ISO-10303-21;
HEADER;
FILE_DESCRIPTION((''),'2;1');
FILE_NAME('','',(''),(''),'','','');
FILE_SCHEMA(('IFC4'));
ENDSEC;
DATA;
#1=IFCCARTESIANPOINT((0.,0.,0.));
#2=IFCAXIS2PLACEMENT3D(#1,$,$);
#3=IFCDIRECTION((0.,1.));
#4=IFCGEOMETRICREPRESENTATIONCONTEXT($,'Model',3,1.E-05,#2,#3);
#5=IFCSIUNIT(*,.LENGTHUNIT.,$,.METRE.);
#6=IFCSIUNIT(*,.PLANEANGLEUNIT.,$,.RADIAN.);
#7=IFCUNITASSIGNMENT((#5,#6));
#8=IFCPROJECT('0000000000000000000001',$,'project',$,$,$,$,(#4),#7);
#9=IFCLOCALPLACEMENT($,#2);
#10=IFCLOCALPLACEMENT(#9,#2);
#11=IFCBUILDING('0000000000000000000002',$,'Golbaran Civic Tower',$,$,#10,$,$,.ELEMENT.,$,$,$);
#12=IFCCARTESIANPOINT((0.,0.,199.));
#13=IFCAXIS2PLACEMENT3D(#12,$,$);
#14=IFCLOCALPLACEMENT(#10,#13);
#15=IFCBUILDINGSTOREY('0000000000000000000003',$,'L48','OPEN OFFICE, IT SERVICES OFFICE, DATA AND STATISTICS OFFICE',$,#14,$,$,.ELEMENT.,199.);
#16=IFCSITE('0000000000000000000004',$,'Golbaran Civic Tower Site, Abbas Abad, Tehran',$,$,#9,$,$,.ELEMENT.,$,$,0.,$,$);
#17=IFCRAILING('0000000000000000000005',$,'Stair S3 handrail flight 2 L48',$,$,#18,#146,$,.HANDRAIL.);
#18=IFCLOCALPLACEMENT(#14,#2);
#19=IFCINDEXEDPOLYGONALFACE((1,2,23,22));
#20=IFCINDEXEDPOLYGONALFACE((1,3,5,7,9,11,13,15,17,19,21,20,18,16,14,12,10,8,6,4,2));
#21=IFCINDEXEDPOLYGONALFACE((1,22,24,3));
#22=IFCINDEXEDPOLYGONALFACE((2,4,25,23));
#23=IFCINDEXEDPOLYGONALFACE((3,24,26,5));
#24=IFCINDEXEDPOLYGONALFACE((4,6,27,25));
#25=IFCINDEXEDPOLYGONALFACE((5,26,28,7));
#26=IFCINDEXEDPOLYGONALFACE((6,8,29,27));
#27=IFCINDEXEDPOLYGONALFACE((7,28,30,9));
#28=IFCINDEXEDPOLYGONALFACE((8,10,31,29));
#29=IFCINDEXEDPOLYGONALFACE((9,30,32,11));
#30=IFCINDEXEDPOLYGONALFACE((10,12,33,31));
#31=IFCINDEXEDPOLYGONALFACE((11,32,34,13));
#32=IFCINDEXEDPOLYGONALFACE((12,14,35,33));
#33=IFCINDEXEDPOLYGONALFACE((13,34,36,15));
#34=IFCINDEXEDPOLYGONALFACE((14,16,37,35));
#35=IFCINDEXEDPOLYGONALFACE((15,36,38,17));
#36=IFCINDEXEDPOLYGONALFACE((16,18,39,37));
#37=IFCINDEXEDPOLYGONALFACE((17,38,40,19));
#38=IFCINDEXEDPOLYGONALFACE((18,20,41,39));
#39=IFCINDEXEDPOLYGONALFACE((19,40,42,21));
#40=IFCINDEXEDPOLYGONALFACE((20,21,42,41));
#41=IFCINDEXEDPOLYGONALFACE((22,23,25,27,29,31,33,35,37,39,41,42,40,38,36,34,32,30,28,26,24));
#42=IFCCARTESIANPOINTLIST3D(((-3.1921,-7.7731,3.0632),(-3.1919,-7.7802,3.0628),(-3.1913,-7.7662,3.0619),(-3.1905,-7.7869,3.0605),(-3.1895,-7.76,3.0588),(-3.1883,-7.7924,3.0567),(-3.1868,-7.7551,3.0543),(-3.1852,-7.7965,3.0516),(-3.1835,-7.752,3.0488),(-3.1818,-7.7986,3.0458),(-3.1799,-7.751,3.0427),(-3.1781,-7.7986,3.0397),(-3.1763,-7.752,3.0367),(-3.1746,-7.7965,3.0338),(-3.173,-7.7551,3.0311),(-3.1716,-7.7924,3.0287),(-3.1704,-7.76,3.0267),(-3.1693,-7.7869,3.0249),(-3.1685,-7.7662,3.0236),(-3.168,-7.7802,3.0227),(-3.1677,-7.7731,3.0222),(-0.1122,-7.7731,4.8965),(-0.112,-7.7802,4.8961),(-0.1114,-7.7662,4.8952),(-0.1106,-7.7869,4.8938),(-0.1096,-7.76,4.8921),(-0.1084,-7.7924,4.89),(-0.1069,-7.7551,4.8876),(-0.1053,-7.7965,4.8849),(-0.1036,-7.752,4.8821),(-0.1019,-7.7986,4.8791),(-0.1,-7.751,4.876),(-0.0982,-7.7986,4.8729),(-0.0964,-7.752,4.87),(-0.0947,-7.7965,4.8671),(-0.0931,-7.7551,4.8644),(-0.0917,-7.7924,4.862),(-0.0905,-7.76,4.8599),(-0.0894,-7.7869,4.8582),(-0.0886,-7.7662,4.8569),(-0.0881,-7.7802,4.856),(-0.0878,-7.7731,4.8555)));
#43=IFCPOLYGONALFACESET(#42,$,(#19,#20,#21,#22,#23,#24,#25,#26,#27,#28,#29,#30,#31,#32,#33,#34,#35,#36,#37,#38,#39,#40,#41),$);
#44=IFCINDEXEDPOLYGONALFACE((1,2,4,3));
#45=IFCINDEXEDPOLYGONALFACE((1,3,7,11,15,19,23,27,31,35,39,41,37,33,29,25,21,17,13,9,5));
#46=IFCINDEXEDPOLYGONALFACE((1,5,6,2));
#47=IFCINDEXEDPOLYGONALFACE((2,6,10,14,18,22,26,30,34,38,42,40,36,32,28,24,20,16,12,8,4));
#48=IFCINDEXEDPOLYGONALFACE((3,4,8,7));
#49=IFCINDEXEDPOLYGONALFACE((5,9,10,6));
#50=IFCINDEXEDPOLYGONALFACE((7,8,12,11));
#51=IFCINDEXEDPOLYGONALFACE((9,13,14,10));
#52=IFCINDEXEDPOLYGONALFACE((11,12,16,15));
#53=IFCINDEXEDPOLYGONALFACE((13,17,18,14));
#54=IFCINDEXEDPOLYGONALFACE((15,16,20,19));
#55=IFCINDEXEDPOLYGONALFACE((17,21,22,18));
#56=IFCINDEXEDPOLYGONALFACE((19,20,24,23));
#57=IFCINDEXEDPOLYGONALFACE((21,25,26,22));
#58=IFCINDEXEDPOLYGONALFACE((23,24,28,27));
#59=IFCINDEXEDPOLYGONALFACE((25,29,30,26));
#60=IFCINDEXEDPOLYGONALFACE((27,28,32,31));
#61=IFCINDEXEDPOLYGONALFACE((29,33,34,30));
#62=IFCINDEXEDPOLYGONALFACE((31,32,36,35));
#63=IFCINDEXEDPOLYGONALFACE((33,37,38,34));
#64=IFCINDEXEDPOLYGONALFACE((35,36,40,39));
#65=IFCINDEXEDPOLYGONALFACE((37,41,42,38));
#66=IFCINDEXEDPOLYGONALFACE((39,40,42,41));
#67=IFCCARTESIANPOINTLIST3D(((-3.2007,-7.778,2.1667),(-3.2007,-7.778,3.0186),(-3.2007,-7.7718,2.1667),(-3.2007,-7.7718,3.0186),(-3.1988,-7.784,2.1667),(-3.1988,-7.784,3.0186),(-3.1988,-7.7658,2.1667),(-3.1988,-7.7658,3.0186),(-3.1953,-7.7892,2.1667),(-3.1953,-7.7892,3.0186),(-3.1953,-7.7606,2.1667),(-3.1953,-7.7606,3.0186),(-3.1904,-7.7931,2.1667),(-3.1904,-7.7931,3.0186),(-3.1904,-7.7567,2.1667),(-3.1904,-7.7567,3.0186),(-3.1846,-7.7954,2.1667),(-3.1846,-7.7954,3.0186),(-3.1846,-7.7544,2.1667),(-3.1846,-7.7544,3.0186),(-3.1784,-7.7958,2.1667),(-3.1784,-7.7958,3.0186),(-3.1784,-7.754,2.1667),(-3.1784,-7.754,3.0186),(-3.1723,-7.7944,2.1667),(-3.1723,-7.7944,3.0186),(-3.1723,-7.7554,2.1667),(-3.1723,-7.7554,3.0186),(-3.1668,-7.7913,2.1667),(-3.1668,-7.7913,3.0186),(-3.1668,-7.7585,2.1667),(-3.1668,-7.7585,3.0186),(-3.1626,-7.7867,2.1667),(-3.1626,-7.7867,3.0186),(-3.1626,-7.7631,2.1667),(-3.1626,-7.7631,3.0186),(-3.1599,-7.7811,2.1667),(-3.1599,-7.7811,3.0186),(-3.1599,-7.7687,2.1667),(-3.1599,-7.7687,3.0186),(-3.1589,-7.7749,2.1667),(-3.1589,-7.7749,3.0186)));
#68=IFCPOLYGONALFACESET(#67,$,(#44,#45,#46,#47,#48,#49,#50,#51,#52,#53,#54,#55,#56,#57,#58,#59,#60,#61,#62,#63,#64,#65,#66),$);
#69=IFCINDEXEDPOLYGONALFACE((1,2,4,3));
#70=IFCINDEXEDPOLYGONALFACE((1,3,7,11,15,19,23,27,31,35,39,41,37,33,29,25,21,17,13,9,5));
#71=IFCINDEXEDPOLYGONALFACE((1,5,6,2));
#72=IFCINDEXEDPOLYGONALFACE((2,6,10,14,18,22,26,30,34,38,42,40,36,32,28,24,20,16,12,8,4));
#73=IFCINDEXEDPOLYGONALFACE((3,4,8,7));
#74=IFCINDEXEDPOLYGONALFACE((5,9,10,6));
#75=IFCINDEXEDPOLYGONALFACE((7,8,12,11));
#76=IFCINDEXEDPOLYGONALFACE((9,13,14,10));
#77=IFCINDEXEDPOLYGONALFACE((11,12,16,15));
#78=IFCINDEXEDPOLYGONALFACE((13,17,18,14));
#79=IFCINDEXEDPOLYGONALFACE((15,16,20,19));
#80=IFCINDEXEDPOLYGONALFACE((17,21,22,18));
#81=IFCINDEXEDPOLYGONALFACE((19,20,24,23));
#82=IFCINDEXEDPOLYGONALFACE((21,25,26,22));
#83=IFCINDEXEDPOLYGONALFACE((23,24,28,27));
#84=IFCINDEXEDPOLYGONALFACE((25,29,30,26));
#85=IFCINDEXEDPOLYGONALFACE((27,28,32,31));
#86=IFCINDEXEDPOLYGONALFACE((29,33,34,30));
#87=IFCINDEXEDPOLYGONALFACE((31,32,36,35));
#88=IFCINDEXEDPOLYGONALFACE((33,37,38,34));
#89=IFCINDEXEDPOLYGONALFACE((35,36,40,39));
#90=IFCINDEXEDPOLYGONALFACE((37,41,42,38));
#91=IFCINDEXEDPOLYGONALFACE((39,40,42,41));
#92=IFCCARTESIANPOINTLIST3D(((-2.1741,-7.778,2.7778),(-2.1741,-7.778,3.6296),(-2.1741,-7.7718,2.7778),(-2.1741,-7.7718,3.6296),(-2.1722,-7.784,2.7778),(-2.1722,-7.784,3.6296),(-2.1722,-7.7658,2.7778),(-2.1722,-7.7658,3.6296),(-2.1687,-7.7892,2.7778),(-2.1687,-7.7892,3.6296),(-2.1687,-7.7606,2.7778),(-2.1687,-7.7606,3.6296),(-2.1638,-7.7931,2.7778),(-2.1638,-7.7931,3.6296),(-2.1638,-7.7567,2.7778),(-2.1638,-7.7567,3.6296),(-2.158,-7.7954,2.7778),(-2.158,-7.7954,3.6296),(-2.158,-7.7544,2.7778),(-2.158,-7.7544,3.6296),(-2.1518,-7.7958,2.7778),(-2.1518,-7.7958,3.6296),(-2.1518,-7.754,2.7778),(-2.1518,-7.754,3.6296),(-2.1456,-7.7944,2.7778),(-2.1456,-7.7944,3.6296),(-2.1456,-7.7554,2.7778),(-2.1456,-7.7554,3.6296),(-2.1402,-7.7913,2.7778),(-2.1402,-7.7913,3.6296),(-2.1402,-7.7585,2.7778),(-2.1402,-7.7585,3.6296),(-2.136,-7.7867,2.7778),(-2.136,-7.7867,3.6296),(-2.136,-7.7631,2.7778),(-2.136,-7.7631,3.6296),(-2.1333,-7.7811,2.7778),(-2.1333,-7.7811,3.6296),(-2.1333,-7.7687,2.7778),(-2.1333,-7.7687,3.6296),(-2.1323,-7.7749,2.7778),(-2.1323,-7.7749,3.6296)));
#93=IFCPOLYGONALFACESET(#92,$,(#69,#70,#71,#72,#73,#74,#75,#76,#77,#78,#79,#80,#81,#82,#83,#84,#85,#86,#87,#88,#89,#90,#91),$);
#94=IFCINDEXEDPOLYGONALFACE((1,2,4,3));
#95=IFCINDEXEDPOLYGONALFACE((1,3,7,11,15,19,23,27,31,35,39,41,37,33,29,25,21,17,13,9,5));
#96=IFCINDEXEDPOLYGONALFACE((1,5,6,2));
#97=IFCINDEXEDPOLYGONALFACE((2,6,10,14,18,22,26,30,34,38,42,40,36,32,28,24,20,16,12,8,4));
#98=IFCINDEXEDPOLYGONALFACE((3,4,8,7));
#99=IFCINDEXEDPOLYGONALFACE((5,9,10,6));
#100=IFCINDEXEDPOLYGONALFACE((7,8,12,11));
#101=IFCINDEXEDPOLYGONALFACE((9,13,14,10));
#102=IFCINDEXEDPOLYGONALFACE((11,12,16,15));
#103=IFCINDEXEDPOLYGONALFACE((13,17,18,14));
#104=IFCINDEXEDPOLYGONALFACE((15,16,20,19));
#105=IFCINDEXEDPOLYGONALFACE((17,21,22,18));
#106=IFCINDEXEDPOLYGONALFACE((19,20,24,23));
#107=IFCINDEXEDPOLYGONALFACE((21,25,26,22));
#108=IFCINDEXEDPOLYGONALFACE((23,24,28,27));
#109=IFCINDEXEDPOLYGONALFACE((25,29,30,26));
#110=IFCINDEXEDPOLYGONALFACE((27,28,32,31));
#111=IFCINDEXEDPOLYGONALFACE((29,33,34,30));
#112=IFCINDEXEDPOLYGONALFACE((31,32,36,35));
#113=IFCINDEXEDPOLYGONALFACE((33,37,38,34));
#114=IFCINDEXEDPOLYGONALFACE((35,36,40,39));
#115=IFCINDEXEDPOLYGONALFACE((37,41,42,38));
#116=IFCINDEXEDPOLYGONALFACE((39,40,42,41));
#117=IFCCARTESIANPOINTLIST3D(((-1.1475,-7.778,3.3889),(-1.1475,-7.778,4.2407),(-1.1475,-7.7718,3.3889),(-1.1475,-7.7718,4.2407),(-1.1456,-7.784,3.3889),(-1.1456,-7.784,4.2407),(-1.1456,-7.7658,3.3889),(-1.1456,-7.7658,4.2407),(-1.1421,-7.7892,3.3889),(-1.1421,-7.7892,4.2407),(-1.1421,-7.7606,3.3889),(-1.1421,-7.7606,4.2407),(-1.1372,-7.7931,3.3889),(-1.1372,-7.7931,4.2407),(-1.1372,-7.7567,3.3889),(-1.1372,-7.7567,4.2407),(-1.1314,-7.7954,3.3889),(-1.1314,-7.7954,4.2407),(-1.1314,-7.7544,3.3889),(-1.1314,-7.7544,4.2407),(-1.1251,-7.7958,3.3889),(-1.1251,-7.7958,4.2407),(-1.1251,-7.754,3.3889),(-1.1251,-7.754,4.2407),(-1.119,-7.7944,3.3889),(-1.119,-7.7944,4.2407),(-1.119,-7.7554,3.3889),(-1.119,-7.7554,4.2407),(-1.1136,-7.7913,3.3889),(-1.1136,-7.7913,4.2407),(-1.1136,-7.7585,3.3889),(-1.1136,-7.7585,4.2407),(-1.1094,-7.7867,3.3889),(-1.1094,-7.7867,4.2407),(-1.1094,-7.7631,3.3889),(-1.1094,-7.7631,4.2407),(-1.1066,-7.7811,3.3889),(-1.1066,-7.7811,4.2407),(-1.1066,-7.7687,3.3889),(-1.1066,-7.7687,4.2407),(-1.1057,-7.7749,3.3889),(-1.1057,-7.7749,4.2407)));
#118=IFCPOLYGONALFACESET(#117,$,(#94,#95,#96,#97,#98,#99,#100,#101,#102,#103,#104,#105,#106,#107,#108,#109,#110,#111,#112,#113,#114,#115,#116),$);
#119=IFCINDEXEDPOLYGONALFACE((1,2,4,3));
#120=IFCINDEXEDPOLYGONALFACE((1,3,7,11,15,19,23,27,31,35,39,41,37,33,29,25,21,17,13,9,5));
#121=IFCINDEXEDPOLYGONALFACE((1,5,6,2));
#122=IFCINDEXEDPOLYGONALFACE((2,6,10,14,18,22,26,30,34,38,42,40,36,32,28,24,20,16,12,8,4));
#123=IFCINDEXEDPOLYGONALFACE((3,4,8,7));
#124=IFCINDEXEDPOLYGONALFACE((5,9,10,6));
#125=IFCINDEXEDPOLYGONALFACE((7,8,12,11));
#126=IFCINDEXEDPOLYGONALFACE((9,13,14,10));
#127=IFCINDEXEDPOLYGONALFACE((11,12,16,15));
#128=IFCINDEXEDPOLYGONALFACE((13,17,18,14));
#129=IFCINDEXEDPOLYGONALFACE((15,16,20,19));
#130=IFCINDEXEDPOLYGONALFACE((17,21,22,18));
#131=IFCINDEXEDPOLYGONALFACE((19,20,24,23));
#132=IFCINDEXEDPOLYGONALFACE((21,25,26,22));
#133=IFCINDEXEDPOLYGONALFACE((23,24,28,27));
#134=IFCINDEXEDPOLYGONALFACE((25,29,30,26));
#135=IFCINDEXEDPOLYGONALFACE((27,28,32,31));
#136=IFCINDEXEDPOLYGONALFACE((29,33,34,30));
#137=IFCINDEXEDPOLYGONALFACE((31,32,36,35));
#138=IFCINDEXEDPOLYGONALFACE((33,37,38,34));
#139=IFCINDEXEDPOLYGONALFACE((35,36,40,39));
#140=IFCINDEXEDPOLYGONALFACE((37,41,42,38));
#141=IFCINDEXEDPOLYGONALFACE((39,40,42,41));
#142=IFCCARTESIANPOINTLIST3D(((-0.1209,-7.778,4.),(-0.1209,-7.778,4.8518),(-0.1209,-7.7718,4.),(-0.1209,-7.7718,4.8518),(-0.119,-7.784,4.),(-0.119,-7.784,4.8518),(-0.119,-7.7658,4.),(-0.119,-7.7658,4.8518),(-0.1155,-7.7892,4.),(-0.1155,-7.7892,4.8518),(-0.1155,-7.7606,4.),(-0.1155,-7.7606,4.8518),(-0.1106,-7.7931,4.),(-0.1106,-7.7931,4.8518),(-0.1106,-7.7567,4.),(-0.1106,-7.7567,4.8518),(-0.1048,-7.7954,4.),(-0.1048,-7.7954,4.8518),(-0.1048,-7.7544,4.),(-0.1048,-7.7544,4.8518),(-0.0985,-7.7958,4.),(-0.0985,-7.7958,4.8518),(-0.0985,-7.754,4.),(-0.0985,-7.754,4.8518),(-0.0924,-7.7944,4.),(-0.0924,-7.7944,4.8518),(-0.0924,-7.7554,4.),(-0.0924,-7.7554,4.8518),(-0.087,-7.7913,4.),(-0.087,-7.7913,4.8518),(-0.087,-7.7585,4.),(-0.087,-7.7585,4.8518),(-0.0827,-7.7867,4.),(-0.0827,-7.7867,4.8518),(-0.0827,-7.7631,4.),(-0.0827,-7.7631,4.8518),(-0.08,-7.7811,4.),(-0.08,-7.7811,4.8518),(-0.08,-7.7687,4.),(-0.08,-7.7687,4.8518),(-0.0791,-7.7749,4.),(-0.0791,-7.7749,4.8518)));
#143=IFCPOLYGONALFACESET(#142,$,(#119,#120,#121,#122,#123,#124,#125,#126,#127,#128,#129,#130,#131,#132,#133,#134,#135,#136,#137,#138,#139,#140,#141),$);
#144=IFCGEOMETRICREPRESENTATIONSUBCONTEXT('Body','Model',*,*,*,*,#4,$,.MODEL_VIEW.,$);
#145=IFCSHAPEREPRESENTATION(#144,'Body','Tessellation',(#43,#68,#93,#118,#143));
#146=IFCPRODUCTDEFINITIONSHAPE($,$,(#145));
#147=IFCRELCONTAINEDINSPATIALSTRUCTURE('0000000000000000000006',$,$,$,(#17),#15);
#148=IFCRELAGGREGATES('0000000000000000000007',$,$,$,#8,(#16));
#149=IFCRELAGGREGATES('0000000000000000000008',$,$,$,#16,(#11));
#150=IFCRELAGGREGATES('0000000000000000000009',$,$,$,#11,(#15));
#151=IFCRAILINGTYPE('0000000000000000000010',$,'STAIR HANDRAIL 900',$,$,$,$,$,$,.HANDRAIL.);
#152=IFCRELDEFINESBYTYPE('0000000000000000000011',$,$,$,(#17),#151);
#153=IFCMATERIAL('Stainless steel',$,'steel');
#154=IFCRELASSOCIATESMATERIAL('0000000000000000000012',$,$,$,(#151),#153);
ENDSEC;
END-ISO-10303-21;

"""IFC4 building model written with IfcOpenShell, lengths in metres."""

from ifc_helpers import new_model, si_unit, direction, frame, origin, origin_2d, place, context, subcontext, project, spatial, circle, extrude, material, type_object, element, save


model = new_model("IFC4")

# Units and contexts
model_context = context("Model", 3, precision=1e-05, world=origin(), true_north=direction((0.0, 1.0)))
body_context = subcontext(model_context, "Body", "Model", "MODEL_VIEW")
ifc_project = project(units=[si_unit("LENGTHUNIT", "METRE"), si_unit("PLANEANGLEUNIT", "RADIAN")], contexts=[model_context])

# Site, building, storey
site_placement = place(None, origin())
site = spatial("IfcSite", under=ifc_project, at=site_placement, Name="Golbaran Civic Tower Site, Abbas Abad, Tehran", CompositionType="ELEMENT", RefElevation=0.0)
building_placement = place(site_placement, origin())
building = spatial("IfcBuilding", under=site, at=building_placement, Name="Golbaran Civic Tower", CompositionType="ELEMENT")
storey_placement = place(building_placement, frame((0.0, 0.0, 199.0)))
storey = spatial("IfcBuildingStorey", under=building, at=storey_placement, Name="L48", Description="OPEN OFFICE, IT SERVICES OFFICE, DATA AND STATISTICS OFFICE", CompositionType="ELEMENT", Elevation=199.0)

# Shared definitions
ifc_material_1 = material(Name="Stainless steel", Category="steel")

# Railing
railing_type = type_object("IfcRailingType", Name="STAIR HANDRAIL 900", PredefinedType="HANDRAIL", material=ifc_material_1)
railing_1_placement = place(storey_placement, frame((-3.1799, -7.7749, 2.1667)))
element("IfcRailing", 1, at=railing_1_placement, inside=storey, type_object=railing_type, Name="Stair S3 handrail flight 2 L48", PredefinedType="HANDRAIL", context=body_context, shape_type="SweptSolid", body=[
    extrude(circle(Radius=0.0239, at=origin_2d()), frame((0.0, 0.0, 0.876), z_axis=(0.859291, 0.0, 0.511487), x_axis=(0.0, 1.0, 0.0)), (0.0, 0.0, 1.0), 3.5842),
    extrude(circle(Radius=0.021, at=origin_2d()), origin(), (0.0, 0.0, 1.0), 0.8518),
    extrude(circle(Radius=0.021, at=origin_2d()), frame((1.0266, 0.0, 0.6111)), (0.0, 0.0, 1.0), 0.8518),
    extrude(circle(Radius=0.021, at=origin_2d()), frame((2.0532, 0.0, 1.2222)), (0.0, 0.0, 1.0), 0.8518),
    extrude(circle(Radius=0.021, at=origin_2d()), frame((3.0798, 0.0, 1.8333)), (0.0, 0.0, 1.0), 0.8518),
])

save(model, "model.ifc")
